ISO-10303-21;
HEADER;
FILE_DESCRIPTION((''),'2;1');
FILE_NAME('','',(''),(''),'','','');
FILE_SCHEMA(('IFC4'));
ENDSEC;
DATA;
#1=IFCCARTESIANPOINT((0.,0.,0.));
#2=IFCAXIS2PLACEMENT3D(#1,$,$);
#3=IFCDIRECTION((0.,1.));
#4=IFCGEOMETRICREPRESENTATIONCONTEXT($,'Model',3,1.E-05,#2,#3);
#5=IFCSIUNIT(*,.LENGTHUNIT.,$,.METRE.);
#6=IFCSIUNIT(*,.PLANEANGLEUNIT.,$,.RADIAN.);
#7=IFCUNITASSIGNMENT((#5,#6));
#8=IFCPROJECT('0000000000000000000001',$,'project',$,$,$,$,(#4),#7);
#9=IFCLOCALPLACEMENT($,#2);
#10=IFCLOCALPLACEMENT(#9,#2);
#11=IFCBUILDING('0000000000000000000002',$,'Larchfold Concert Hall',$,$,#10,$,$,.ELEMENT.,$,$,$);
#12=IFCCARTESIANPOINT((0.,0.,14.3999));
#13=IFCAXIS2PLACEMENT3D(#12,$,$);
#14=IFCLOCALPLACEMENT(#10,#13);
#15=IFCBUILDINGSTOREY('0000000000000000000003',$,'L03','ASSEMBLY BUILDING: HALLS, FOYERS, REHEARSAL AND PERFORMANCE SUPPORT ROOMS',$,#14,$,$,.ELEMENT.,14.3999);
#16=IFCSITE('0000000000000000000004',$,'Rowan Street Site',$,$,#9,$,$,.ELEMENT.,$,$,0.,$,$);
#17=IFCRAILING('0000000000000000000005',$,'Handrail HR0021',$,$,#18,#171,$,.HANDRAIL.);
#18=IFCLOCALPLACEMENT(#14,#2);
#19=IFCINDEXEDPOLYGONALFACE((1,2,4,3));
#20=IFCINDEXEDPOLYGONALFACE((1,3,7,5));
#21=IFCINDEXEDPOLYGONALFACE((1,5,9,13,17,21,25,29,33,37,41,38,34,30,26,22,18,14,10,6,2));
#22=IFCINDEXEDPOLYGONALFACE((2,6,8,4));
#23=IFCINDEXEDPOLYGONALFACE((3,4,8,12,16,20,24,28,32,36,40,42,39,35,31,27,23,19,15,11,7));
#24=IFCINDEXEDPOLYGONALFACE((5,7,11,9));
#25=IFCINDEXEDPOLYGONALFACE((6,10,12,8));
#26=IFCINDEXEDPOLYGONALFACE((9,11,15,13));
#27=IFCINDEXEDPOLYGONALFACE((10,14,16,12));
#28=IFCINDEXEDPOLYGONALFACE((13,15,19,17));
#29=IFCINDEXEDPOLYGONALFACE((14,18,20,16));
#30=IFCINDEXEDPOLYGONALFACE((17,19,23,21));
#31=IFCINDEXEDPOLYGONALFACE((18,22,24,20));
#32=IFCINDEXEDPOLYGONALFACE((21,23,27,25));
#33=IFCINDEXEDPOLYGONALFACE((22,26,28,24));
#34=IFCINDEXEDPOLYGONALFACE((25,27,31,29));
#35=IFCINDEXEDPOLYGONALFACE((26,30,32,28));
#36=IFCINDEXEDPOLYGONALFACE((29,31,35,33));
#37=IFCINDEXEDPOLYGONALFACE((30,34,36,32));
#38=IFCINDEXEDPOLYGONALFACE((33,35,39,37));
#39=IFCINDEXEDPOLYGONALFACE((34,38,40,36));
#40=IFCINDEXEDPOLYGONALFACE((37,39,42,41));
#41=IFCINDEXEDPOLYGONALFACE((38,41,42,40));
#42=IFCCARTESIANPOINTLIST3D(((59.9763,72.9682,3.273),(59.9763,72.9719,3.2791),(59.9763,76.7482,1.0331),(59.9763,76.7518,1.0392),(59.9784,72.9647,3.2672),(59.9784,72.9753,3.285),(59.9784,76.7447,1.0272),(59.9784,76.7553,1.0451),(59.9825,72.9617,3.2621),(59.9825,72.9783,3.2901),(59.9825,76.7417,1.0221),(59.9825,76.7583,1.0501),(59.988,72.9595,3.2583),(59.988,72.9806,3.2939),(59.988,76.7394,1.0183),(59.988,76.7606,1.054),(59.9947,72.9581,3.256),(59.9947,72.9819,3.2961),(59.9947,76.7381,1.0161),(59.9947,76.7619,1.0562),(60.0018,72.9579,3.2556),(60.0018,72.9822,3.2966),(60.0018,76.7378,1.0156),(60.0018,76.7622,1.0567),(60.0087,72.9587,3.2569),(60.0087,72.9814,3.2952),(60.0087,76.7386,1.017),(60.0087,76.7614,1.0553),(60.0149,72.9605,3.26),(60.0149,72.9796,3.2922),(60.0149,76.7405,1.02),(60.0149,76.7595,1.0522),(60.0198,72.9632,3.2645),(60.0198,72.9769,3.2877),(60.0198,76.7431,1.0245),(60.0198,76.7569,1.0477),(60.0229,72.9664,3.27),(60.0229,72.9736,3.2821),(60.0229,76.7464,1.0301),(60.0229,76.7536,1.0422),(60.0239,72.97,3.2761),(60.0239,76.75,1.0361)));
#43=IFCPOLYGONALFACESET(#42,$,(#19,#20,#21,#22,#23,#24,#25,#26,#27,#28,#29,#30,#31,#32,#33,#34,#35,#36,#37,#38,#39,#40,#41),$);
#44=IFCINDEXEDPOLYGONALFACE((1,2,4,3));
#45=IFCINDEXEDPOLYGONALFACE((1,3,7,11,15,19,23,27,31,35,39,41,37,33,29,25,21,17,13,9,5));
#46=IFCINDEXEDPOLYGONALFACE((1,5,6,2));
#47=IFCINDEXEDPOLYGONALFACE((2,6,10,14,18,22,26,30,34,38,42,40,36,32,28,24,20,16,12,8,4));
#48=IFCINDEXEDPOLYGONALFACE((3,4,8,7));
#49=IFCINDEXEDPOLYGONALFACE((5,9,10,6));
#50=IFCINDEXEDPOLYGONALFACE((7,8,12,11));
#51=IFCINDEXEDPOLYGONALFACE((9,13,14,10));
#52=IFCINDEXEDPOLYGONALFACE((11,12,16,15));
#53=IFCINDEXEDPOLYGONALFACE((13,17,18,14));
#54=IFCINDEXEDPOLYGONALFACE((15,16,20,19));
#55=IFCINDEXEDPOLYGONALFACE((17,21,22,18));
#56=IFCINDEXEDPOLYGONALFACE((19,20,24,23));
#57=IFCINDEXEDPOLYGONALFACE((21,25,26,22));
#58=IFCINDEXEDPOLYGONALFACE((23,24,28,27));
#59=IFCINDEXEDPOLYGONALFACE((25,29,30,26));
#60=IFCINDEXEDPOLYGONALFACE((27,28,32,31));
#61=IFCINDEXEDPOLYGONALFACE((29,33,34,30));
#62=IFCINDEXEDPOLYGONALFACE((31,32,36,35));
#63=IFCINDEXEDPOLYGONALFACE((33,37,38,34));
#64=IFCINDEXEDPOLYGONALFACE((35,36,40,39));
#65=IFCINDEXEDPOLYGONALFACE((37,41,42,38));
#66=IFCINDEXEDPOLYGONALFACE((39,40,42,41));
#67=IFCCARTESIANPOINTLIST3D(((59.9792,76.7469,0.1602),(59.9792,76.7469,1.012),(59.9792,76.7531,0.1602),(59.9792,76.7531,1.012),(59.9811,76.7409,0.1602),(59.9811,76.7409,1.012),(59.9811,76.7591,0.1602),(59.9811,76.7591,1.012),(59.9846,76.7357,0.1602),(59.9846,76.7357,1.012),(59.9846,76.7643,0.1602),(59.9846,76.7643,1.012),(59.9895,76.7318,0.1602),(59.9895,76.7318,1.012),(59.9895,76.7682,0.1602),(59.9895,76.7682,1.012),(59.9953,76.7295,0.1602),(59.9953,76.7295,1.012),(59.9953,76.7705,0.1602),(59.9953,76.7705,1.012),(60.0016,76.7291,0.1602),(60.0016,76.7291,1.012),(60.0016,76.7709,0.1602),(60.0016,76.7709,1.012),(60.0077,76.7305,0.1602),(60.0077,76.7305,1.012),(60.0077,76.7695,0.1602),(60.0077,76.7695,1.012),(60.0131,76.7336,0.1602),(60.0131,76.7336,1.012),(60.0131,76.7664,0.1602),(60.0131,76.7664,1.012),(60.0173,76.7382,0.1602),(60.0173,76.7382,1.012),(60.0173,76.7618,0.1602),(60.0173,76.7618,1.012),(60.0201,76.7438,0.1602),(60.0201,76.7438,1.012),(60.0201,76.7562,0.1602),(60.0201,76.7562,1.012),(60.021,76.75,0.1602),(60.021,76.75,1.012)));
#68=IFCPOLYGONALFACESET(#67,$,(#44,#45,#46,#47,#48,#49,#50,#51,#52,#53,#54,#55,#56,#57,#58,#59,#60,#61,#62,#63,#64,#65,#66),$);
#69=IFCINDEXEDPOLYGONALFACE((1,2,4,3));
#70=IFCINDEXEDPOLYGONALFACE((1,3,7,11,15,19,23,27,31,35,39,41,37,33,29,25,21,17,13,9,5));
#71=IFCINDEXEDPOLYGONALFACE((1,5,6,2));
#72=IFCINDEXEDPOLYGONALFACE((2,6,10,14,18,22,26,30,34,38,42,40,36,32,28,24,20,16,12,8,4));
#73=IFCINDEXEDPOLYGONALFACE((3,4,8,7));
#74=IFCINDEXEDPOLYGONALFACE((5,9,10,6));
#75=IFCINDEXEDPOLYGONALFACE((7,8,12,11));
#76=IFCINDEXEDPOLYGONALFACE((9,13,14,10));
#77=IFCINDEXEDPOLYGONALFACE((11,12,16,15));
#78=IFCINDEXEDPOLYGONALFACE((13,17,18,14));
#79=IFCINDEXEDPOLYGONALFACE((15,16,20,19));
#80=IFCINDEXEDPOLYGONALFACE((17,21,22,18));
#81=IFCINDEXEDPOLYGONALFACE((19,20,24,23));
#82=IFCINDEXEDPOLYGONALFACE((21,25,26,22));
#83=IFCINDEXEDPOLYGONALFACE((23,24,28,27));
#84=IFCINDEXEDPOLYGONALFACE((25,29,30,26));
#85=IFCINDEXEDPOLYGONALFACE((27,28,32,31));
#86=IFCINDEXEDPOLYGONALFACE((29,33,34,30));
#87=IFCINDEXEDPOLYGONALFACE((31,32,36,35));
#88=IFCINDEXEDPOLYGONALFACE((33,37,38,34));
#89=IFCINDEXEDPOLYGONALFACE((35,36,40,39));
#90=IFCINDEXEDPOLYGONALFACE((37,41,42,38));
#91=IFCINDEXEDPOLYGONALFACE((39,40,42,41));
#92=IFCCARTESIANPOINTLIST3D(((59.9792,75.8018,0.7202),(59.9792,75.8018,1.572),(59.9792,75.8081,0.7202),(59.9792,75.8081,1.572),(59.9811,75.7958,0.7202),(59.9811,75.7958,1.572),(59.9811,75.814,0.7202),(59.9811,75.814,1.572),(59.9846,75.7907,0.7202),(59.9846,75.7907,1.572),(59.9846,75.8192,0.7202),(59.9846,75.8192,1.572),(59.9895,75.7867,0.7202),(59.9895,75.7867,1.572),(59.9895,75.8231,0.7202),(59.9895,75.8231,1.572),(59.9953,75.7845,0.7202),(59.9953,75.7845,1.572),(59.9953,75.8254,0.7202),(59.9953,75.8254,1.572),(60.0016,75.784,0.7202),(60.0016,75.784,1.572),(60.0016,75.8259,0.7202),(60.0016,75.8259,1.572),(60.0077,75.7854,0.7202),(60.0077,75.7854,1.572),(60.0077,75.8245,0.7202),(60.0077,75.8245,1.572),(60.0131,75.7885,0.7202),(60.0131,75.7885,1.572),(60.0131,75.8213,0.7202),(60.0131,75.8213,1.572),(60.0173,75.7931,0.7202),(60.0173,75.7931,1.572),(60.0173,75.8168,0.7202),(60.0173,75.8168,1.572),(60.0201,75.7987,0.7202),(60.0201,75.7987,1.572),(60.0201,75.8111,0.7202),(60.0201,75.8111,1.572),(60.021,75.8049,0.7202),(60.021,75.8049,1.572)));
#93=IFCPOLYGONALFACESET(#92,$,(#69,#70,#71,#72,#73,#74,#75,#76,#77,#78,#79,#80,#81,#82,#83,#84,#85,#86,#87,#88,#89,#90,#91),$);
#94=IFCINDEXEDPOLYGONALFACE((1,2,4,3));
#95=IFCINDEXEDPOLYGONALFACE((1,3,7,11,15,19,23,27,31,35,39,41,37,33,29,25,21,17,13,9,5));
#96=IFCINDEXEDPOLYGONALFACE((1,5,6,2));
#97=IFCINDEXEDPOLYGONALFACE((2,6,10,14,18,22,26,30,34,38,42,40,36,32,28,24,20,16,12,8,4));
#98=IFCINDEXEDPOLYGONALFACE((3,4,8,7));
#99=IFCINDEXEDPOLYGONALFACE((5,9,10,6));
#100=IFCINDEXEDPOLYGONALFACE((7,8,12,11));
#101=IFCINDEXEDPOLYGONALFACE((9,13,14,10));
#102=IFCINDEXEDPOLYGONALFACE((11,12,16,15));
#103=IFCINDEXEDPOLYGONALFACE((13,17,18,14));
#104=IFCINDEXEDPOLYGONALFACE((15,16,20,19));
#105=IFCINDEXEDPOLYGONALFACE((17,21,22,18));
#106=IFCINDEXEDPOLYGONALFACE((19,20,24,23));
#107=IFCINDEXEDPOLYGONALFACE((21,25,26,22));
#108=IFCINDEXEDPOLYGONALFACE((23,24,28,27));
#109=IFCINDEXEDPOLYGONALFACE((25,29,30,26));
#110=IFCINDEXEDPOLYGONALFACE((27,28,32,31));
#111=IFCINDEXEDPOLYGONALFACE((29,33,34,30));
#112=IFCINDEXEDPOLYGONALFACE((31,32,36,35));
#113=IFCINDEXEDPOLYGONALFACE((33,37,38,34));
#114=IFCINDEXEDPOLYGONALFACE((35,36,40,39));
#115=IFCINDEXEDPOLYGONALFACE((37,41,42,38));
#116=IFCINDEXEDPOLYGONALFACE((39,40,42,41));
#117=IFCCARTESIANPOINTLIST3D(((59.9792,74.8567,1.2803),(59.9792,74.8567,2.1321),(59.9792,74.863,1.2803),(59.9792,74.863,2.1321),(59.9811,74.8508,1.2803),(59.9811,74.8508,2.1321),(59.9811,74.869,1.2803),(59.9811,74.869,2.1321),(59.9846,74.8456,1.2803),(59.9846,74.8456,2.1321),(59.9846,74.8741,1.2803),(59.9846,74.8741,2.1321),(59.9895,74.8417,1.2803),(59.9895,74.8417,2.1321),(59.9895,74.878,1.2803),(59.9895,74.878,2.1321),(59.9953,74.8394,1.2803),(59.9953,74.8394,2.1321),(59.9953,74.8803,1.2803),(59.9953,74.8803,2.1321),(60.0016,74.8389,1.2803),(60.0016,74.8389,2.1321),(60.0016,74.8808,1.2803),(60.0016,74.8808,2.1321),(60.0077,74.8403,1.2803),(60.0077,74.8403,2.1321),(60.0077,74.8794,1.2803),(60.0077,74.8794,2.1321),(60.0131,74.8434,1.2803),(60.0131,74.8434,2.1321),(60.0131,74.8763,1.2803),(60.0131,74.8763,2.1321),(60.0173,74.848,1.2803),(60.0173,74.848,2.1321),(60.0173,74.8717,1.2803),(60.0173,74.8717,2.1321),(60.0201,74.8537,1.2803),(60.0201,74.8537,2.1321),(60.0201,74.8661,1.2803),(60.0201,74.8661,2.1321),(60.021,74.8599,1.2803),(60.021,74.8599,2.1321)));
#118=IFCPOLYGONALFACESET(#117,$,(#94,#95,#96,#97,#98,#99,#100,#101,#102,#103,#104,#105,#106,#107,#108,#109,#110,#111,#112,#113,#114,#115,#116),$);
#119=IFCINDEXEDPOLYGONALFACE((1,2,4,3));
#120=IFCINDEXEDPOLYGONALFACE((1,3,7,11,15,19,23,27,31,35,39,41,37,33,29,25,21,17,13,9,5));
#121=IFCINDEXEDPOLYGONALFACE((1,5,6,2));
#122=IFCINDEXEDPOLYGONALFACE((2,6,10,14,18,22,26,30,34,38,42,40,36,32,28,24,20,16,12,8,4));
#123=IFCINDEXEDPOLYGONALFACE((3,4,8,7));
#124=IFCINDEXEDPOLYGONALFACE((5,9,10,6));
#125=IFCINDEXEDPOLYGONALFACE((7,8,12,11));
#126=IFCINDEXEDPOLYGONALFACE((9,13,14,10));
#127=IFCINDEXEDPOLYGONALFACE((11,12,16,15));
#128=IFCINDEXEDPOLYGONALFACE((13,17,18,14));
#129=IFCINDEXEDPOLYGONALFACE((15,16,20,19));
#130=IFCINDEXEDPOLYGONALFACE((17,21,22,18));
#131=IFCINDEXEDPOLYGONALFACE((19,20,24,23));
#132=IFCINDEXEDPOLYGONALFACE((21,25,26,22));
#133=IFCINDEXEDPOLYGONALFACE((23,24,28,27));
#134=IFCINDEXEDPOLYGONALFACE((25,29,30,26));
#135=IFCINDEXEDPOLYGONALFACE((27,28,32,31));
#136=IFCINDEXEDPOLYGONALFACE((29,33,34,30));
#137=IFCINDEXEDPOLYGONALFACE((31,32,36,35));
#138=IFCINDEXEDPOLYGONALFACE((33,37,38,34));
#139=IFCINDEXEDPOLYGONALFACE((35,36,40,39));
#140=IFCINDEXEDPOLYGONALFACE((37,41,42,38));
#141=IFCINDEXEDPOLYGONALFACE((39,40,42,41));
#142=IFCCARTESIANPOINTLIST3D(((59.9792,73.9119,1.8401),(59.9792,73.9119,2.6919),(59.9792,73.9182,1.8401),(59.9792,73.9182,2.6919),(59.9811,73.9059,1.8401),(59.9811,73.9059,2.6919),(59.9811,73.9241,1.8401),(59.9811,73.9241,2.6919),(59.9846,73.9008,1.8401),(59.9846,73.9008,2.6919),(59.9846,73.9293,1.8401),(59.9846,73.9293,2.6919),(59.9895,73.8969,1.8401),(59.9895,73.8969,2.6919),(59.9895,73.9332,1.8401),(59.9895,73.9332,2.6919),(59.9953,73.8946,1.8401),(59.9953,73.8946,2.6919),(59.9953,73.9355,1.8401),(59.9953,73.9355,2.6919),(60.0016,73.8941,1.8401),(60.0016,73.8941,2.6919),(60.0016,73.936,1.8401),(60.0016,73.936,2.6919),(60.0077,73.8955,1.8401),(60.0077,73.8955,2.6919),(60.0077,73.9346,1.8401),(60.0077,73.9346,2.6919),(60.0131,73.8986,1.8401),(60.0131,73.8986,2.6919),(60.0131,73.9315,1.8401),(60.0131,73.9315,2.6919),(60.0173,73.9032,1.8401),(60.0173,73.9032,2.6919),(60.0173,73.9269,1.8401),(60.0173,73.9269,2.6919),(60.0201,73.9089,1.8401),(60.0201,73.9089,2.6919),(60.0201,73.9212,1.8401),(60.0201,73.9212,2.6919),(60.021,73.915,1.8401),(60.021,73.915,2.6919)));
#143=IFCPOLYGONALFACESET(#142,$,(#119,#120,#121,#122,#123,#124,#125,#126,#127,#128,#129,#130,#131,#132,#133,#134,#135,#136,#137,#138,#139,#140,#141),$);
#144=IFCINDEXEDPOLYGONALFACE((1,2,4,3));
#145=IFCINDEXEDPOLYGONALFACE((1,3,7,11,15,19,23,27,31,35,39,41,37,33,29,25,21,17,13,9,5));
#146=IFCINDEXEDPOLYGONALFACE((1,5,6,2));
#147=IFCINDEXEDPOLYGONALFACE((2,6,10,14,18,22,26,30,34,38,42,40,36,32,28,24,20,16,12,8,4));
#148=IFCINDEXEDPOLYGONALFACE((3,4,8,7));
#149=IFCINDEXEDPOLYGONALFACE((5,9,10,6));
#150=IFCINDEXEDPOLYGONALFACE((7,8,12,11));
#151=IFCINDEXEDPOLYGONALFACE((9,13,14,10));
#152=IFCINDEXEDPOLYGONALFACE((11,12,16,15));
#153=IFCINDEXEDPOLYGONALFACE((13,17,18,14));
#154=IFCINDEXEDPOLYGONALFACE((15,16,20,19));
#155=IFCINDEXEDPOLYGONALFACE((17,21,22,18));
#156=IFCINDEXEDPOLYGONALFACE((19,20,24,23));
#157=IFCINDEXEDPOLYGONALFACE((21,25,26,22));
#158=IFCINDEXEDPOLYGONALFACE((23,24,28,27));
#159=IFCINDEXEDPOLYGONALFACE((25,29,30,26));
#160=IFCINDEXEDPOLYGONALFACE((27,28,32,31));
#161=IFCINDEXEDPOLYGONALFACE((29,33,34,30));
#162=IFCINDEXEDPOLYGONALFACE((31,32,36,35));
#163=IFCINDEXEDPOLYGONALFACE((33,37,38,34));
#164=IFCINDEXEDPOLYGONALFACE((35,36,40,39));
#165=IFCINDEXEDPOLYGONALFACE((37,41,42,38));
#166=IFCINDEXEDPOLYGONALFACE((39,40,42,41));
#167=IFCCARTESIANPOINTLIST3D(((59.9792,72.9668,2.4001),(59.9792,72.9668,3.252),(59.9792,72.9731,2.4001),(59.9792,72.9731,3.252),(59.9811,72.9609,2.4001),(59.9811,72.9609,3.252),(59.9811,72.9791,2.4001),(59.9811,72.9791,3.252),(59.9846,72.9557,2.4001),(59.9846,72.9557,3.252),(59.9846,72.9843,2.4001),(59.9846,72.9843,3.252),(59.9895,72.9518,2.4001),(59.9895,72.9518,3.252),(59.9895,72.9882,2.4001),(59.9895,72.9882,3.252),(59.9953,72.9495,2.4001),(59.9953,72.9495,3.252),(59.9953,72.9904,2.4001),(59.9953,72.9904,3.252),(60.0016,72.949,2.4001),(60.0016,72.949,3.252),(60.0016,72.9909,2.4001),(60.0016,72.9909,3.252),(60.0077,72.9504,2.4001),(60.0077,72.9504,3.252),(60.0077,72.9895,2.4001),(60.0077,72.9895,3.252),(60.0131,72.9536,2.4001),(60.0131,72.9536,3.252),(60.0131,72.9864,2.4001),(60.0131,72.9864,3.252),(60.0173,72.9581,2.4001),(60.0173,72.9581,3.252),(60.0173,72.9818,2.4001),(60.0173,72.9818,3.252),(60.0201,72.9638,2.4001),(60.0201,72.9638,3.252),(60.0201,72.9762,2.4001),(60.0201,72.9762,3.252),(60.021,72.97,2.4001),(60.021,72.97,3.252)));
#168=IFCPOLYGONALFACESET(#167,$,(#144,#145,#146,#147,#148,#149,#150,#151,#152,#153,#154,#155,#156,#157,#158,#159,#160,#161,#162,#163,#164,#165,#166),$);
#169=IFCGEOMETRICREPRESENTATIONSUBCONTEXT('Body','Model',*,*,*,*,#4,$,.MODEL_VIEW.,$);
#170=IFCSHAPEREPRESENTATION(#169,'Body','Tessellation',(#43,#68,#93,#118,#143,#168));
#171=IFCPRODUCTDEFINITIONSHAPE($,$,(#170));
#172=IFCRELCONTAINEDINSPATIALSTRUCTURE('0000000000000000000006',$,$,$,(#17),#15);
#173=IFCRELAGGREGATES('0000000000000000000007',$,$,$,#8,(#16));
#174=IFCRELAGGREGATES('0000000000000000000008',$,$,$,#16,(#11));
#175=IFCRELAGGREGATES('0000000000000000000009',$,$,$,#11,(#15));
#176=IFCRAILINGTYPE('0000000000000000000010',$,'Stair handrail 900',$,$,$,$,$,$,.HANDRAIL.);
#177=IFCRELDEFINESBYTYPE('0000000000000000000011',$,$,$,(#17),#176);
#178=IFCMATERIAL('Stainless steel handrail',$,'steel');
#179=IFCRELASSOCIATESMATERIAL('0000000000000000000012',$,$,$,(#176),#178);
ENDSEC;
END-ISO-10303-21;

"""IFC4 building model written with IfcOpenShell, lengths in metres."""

from ifc_helpers import new_model, si_unit, direction, frame, origin, origin_2d, place, context, subcontext, project, spatial, circle, extrude, material, type_object, element, save


model = new_model("IFC4")

# Units and contexts
model_context = context("Model", 3, precision=1e-05, world=origin(), true_north=direction((0.0, 1.0)))
body_context = subcontext(model_context, "Body", "Model", "MODEL_VIEW")
ifc_project = project(units=[si_unit("LENGTHUNIT", "METRE"), si_unit("PLANEANGLEUNIT", "RADIAN")], contexts=[model_context])

# Site, building, storey
site_placement = place(None, origin())
site = spatial("IfcSite", under=ifc_project, at=site_placement, Name="Rowan Street Site", CompositionType="ELEMENT", RefElevation=0.0)
building_placement = place(site_placement, origin())
building = spatial("IfcBuilding", under=site, at=building_placement, Name="Larchfold Concert Hall", CompositionType="ELEMENT")
storey_placement = place(building_placement, frame((0.0, 0.0, 14.3999)))
storey = spatial("IfcBuildingStorey", under=building, at=storey_placement, Name="L03", Description="ASSEMBLY BUILDING: HALLS, FOYERS, REHEARSAL AND PERFORMANCE SUPPORT ROOMS", CompositionType="ELEMENT", Elevation=14.3999)

# Railing
ifc_material_1 = material(Name="Stainless steel handrail", Category="steel")
railing_type_1 = type_object("IfcRailingType", Name="Stair handrail 900", PredefinedType="HANDRAIL", material=ifc_material_1)
for number, where, name in (
    (1, (60.0, 76.75, 0.1602), "Handrail HR0021"),
):
    element("IfcRailing", number, at=place(storey_placement, frame(where)), inside=storey, type_object=railing_type_1, Name=name, PredefinedType="HANDRAIL", context=body_context, shape_type="SweptSolid", body=[
        extrude(circle(Radius=0.0239, at=origin_2d()), frame((0.0, 0.0, 0.876), z_axis=(0.0, -0.860294, 0.509798), x_axis=(1.0, 0.0, 0.0)), (0.0, 0.0, 1.0), 4.3938),
        extrude(circle(Radius=0.021, at=origin_2d()), origin(), (0.0, 0.0, 1.0), 0.8518),
        extrude(circle(Radius=0.021, at=origin_2d()), frame((0.0, -0.9451, 0.5601)), (0.0, 0.0, 1.0), 0.8518),
        extrude(circle(Radius=0.021, at=origin_2d()), frame((0.0, -1.8901, 1.1201)), (0.0, 0.0, 1.0), 0.8518),
        extrude(circle(Radius=0.021, at=origin_2d()), frame((0.0, -2.835, 1.6799)), (0.0, 0.0, 1.0), 0.8518),
        extrude(circle(Radius=0.021, at=origin_2d()), frame((0.0, -3.78, 2.24)), (0.0, 0.0, 1.0), 0.8518),
    ])

save(model, "model.ifc")
